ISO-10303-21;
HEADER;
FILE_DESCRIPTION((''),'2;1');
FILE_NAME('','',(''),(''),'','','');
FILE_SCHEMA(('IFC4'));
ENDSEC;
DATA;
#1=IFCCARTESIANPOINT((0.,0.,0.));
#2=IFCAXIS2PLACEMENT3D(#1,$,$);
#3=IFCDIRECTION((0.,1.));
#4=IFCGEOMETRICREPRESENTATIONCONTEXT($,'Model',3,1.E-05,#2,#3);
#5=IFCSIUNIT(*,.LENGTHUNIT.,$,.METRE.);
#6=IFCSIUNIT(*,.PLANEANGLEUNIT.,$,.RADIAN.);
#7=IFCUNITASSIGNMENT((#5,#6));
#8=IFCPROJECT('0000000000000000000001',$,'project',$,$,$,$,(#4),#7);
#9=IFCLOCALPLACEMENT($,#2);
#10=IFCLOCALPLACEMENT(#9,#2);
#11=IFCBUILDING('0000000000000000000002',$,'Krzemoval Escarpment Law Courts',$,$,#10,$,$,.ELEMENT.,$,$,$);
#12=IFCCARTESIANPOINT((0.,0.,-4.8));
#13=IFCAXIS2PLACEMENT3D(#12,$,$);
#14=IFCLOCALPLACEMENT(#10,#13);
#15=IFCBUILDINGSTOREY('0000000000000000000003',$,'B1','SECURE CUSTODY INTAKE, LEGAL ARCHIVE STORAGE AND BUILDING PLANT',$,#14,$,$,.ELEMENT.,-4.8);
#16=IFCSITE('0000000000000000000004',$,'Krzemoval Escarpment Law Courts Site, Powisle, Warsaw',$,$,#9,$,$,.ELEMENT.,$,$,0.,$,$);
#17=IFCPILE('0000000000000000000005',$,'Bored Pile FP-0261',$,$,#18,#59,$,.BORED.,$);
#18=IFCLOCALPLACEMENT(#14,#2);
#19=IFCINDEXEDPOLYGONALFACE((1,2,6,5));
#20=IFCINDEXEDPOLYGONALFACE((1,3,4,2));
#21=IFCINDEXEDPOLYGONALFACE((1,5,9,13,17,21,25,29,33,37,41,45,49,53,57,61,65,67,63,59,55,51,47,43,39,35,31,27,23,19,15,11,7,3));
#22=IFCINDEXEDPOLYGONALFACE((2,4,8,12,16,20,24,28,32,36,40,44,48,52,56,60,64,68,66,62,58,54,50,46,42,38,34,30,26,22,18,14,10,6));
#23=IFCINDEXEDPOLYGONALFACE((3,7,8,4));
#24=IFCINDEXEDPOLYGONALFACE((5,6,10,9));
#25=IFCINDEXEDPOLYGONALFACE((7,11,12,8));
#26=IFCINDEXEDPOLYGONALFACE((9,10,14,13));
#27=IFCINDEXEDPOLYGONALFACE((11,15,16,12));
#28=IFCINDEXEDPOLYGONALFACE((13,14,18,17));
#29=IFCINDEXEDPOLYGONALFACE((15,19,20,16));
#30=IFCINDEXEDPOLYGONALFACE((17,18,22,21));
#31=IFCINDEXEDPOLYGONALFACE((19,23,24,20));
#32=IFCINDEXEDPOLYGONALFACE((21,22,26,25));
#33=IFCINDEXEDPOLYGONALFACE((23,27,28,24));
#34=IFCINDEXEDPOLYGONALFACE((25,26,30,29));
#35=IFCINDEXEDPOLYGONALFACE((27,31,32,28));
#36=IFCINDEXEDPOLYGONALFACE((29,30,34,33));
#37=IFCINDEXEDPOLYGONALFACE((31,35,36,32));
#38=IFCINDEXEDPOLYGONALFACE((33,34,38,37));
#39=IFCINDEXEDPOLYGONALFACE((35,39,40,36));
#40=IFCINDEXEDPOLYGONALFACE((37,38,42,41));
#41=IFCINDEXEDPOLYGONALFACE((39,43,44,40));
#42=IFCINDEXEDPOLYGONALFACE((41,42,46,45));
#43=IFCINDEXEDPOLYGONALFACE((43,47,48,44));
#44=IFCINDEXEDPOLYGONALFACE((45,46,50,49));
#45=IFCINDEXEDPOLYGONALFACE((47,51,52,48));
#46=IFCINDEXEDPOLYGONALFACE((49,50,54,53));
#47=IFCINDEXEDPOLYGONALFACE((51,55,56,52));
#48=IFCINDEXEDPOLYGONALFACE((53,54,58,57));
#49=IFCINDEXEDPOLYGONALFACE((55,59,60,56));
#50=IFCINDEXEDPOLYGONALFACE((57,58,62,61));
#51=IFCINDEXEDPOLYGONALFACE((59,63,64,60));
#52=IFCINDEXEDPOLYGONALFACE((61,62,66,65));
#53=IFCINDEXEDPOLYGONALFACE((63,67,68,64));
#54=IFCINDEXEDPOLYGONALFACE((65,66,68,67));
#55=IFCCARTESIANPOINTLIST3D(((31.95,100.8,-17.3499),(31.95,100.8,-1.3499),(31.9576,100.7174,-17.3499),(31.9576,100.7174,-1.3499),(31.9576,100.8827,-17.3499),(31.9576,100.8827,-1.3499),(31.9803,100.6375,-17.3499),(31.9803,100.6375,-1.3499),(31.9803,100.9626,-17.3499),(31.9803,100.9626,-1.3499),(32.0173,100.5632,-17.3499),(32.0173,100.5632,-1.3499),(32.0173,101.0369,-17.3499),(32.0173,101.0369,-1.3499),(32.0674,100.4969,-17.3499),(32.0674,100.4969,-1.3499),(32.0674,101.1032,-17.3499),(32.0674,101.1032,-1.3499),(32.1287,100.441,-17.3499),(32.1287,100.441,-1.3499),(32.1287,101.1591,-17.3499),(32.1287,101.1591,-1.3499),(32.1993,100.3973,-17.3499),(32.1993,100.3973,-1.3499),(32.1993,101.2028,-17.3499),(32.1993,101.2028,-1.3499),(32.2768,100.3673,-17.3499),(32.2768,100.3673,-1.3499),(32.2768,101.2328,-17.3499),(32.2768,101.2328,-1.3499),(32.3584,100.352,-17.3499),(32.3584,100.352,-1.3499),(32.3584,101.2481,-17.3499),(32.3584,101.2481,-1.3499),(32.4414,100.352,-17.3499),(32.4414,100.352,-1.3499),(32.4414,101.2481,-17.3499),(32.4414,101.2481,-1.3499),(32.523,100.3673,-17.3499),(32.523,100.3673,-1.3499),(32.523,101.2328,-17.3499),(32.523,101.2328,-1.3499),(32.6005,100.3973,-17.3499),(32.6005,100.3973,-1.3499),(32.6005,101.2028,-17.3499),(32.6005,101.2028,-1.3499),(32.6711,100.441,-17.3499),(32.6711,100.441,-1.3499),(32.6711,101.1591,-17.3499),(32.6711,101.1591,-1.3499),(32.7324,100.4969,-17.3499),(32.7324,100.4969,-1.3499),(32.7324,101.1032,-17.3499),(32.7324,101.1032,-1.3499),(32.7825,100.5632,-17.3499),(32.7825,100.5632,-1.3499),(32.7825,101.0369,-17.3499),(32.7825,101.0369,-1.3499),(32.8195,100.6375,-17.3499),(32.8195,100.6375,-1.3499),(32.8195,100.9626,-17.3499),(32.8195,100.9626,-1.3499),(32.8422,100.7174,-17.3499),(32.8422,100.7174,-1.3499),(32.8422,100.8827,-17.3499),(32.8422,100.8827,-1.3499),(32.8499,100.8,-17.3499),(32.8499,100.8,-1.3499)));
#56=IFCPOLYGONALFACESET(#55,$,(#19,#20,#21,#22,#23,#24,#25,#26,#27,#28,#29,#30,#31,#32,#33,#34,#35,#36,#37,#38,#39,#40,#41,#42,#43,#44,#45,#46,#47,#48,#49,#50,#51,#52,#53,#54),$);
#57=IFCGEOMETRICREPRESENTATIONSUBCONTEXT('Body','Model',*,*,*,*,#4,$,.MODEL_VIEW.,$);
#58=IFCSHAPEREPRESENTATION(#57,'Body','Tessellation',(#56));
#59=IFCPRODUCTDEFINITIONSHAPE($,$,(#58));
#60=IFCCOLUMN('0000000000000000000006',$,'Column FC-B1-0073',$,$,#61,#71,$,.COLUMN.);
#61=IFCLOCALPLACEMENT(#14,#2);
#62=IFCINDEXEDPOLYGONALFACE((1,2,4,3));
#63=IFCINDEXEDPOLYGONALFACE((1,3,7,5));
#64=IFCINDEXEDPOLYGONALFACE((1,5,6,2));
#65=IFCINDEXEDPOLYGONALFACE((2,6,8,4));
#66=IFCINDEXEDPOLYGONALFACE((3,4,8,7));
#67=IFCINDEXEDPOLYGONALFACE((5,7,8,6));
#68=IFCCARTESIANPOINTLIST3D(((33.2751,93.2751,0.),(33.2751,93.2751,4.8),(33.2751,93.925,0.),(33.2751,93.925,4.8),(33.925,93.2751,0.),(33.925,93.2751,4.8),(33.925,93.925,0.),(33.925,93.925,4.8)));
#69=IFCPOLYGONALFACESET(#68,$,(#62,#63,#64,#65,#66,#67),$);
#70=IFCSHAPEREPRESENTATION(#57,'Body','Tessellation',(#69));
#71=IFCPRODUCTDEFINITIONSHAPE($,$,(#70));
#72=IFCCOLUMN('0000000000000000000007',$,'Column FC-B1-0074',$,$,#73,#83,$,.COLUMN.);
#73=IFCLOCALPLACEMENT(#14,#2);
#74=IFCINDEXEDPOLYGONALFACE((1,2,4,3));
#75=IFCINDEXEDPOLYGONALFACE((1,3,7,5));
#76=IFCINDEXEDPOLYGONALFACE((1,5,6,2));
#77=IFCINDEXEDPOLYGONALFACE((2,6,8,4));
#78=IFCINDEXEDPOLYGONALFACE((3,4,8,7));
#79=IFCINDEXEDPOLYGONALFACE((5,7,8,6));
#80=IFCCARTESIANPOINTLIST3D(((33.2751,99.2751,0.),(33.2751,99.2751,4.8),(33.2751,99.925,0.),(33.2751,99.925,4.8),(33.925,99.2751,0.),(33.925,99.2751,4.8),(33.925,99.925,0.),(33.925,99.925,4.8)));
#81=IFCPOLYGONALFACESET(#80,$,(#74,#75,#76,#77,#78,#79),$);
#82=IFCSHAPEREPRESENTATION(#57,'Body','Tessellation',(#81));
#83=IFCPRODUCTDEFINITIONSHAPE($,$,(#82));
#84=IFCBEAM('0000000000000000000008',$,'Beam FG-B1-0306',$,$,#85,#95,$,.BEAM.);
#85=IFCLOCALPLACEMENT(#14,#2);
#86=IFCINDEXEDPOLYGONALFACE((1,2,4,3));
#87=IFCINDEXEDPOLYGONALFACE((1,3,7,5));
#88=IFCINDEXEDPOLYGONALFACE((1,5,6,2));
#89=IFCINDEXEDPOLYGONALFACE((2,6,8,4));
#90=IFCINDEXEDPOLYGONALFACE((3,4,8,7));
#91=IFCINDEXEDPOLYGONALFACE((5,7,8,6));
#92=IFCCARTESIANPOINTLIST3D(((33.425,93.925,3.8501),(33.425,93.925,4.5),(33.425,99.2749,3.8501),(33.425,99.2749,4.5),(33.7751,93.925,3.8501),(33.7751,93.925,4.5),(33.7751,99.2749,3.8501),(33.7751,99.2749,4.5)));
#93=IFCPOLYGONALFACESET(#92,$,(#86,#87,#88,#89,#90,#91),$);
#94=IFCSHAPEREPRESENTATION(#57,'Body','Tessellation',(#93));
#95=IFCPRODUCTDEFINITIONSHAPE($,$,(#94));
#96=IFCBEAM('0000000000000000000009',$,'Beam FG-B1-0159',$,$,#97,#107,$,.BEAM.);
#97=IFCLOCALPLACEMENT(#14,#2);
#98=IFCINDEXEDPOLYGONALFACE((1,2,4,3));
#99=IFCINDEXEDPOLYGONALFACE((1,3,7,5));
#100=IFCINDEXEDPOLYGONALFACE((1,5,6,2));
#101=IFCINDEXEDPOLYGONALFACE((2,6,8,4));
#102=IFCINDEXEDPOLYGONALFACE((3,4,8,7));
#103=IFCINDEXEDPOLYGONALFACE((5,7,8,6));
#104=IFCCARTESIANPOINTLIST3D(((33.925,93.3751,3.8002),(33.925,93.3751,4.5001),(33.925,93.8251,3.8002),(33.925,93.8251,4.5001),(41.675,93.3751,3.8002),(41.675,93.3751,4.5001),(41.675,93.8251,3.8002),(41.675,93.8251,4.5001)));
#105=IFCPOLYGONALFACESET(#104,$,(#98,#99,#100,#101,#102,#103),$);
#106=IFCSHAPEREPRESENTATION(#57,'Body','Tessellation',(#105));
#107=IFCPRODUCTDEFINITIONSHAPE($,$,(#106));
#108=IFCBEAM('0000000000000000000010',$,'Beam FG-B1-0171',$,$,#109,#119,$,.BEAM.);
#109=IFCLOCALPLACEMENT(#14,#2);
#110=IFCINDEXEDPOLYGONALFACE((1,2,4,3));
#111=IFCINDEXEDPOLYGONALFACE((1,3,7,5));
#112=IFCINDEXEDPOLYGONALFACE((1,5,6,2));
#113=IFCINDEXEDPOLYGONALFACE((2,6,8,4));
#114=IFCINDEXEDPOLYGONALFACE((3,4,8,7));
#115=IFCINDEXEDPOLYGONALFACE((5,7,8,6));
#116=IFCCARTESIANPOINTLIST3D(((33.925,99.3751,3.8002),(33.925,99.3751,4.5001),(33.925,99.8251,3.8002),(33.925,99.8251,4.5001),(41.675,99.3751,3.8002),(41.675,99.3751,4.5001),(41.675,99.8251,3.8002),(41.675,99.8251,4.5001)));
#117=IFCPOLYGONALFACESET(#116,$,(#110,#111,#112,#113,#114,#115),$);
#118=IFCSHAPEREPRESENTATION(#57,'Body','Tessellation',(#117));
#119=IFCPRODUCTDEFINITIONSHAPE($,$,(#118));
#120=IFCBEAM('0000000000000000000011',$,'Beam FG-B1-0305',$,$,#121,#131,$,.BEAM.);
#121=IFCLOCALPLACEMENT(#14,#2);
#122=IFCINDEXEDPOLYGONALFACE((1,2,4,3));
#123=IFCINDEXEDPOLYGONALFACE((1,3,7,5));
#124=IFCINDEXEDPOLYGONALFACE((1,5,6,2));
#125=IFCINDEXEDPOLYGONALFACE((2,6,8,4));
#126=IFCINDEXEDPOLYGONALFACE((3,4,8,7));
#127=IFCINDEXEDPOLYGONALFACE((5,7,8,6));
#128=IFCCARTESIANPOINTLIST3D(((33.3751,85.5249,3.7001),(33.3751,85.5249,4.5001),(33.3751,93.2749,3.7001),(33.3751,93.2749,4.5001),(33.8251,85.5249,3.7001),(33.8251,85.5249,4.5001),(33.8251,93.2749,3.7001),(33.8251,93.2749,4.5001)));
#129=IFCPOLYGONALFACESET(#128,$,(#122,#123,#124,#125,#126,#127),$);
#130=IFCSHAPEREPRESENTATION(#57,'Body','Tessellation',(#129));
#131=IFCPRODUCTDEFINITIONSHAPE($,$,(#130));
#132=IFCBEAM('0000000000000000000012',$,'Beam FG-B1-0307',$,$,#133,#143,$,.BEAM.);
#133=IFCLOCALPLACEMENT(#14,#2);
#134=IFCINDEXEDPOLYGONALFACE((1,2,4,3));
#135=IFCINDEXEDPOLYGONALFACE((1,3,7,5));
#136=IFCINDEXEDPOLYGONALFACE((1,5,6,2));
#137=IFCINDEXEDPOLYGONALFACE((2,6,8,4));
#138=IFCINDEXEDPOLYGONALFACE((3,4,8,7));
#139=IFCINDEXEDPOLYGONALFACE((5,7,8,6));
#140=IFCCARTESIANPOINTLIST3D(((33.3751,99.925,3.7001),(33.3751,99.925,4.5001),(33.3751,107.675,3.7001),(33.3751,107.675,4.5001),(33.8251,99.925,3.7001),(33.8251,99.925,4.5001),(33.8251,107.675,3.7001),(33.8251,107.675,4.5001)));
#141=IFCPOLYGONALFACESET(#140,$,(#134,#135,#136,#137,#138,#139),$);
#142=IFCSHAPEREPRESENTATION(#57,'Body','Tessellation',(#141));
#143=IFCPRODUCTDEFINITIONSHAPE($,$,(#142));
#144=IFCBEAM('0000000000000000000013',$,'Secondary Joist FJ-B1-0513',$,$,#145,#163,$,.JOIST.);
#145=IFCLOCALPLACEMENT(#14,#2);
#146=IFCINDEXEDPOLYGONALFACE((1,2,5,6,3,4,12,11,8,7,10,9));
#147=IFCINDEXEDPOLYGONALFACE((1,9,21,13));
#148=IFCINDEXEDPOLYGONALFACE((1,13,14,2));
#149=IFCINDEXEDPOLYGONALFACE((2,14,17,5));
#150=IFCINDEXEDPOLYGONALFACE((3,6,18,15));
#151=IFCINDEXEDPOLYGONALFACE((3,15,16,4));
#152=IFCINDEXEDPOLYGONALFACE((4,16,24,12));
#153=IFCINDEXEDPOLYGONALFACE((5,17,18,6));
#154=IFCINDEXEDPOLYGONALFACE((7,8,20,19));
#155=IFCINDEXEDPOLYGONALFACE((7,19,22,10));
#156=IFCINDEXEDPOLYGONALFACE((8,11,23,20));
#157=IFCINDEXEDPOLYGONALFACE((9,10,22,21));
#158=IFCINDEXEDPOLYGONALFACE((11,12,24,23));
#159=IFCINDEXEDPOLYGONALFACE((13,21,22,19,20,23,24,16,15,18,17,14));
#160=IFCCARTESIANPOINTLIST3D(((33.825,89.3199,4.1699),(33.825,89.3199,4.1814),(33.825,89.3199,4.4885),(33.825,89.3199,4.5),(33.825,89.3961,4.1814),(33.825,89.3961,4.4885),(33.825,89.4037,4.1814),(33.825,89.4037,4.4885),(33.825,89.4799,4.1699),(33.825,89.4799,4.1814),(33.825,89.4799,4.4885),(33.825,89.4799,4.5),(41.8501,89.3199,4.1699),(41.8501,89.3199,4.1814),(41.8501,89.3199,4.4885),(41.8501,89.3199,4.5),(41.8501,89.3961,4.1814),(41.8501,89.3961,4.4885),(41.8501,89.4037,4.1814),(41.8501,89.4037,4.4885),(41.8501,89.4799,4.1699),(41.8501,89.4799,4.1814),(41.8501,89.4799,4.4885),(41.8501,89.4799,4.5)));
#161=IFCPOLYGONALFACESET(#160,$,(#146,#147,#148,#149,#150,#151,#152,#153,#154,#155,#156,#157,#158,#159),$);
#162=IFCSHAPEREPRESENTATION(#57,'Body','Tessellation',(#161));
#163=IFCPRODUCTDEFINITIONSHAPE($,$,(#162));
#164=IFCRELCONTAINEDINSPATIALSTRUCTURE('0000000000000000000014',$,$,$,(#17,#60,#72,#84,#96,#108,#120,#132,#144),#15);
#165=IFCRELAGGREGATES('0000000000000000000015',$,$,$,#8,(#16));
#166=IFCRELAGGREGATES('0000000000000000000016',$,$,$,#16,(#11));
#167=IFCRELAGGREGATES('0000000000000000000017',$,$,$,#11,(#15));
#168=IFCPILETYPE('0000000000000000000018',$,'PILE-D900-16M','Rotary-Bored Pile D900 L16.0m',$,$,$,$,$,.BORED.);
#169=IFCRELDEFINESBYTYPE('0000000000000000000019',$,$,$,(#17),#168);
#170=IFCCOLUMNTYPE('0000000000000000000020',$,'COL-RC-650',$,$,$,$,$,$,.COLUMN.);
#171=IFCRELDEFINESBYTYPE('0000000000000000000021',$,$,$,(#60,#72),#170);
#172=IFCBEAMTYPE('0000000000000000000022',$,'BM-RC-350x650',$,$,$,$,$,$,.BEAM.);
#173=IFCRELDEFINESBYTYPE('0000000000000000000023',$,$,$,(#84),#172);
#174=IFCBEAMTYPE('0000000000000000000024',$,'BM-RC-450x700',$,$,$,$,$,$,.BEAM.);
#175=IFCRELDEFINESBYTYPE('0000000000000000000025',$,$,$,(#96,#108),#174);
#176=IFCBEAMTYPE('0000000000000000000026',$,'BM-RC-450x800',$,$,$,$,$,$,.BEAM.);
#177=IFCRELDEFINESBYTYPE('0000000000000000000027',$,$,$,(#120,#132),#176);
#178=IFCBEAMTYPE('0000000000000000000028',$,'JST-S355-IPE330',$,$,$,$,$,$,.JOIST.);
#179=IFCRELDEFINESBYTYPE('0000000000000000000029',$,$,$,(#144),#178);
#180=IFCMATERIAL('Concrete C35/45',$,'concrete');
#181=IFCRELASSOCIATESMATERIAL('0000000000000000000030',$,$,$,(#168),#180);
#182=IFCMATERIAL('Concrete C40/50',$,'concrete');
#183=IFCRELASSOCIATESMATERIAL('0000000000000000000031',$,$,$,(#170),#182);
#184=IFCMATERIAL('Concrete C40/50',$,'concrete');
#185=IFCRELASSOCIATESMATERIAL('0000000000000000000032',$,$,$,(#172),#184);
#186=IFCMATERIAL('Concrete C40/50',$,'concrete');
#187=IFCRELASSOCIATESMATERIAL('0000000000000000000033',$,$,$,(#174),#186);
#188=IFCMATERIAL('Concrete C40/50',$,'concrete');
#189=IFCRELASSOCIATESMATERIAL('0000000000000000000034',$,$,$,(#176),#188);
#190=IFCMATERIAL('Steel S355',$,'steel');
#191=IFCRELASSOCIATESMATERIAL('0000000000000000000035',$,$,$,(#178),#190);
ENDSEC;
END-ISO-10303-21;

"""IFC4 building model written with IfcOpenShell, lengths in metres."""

from ifc_helpers import new_model, si_unit, direction, frame, origin, origin_2d, place, context, subcontext, project, spatial, rectangle, circle, i_section, extrude, material, material_profile, profile_set, type_object, element, save


model = new_model("IFC4")

# Units and contexts
model_context = context("Model", 3, precision=1e-05, world=origin(), true_north=direction((0.0, 1.0)))
body_context = subcontext(model_context, "Body", "Model", "MODEL_VIEW")
ifc_project = project(units=[si_unit("LENGTHUNIT", "METRE"), si_unit("PLANEANGLEUNIT", "RADIAN")], contexts=[model_context])

# Site, building, storey
site_placement = place(None, origin())
site = spatial("IfcSite", under=ifc_project, at=site_placement, Name="Krzemoval Escarpment Law Courts Site, Powisle, Warsaw", CompositionType="ELEMENT", RefElevation=0.0)
building_placement = place(site_placement, origin())
building = spatial("IfcBuilding", under=site, at=building_placement, Name="Krzemoval Escarpment Law Courts", CompositionType="ELEMENT")
storey_placement = place(building_placement, frame((0.0, 0.0, -4.8)))
storey = spatial("IfcBuildingStorey", under=building, at=storey_placement, Name="B1", Description="SECURE CUSTODY INTAKE, LEGAL ARCHIVE STORAGE AND BUILDING PLANT", CompositionType="ELEMENT", Elevation=-4.8)

# Pile
ifc_material_1 = material(Name="Concrete C35/45", Category="concrete")
ifc_material_profile_1 = material_profile(ifc_material_1, circle(Radius=0.45, at=origin_2d()), Name="PILE D900")
ifc_profile_set_1 = profile_set([ifc_material_profile_1], Name="Concrete C35/45")
pile_type = type_object("IfcPileType", Name="PILE-D900-16M", Description="Rotary-Bored Pile D900 L16.0m", PredefinedType="BORED", material=ifc_profile_set_1)
for number, where, z_axis, x_axis, name in (
    (1, (32.3999, 100.8, -1.3499), (0.0, 0.0, -1.0), (1.0, 0.0, 0.0), "Bored Pile FP-0261"),
):
    element("IfcPile", number, at=place(storey_placement, frame(where, z_axis=z_axis, x_axis=x_axis)), inside=storey, type_object=pile_type, Name=name, PredefinedType="BORED", context=body_context, shape_type="SweptSolid", body=[
        extrude(circle(Radius=0.45, at=origin_2d()), origin(), (0.0, 0.0, 1.0), 16.0),
    ])

# Columns
ifc_material_2 = material(Name="Concrete C40/50", Category="concrete")
ifc_material_profile_2 = material_profile(ifc_material_2, rectangle(XDim=0.6499, YDim=0.6499, at=origin_2d()), Name="RC 650x650")
ifc_profile_set_2 = profile_set([ifc_material_profile_2], Name="Concrete C40/50")
column_type = type_object("IfcColumnType", Name="COL-RC-650", PredefinedType="COLUMN", material=ifc_profile_set_2)
for number, where, z_axis, x_axis, name in (
    (2, (33.6001, 93.6001, 0.0), (0.0, 0.0, 1.0), (1.0, 0.0, 0.0), "Column FC-B1-0073"),
    (3, (33.6001, 99.6001, 0.0), (0.0, 0.0, 1.0), (1.0, 0.0, 0.0), "Column FC-B1-0074"),
):
    element("IfcColumn", number, at=place(storey_placement, frame(where, z_axis=z_axis, x_axis=x_axis)), inside=storey, type_object=column_type, Name=name, PredefinedType="COLUMN", context=body_context, shape_type="SweptSolid", body=[
        extrude(rectangle(XDim=0.6499, YDim=0.6499, at=origin_2d()), origin(), (0.0, 0.0, 1.0), 4.8),
    ])

# Beams
ifc_material_3 = material(Name="Concrete C40/50", Category="concrete")
ifc_material_profile_3 = material_profile(ifc_material_3, rectangle(XDim=0.3501, YDim=0.6499, at=origin_2d()), Name="RCB 350x650")
ifc_profile_set_3 = profile_set([ifc_material_profile_3], Name="Concrete C40/50")
beam_type_1 = type_object("IfcBeamType", Name="BM-RC-350x650", PredefinedType="BEAM", material=ifc_profile_set_3)
beam_1_placement = place(storey_placement, frame((33.6001, 93.925, 4.175), z_axis=(0.0, 1.0, 0.0), x_axis=(-1.0, 0.0, 0.0)))
element("IfcBeam", 4, at=beam_1_placement, inside=storey, type_object=beam_type_1, Name="Beam FG-B1-0306", PredefinedType="BEAM", context=body_context, shape_type="SweptSolid", body=[
    extrude(rectangle(XDim=0.3501, YDim=0.6499, at=origin_2d()), origin(), (0.0, 0.0, 1.0), 5.3499),
])
ifc_material_4 = material(Name="Concrete C40/50", Category="concrete")
ifc_material_profile_4 = material_profile(ifc_material_4, rectangle(XDim=0.45, YDim=0.7, at=origin_2d()), Name="RCB 450x700")
ifc_profile_set_4 = profile_set([ifc_material_profile_4], Name="Concrete C40/50")
beam_type_2 = type_object("IfcBeamType", Name="BM-RC-450x700", PredefinedType="BEAM", material=ifc_profile_set_4)
for number, where, z_axis, x_axis, name in (
    (5, (33.925, 93.6001, 4.1501), (1.0, 0.0, 0.0), (0.0, 1.0, 0.0), "Beam FG-B1-0159"),
    (6, (33.925, 99.6001, 4.1501), (1.0, 0.0, 0.0), (0.0, 1.0, 0.0), "Beam FG-B1-0171"),
):
    element("IfcBeam", number, at=place(storey_placement, frame(where, z_axis=z_axis, x_axis=x_axis)), inside=storey, type_object=beam_type_2, Name=name, PredefinedType="BEAM", context=body_context, shape_type="SweptSolid", body=[
        extrude(rectangle(XDim=0.45, YDim=0.7, at=origin_2d()), origin(), (0.0, 0.0, 1.0), 7.75),
    ])
ifc_material_5 = material(Name="Concrete C40/50", Category="concrete")
ifc_material_profile_5 = material_profile(ifc_material_5, rectangle(XDim=0.45, YDim=0.8, at=origin_2d()), Name="RCB 450x800")
ifc_profile_set_5 = profile_set([ifc_material_profile_5], Name="Concrete C40/50")
beam_type_3 = type_object("IfcBeamType", Name="BM-RC-450x800", PredefinedType="BEAM", material=ifc_profile_set_5)
for number, where, z_axis, x_axis, name in (
    (7, (33.6001, 85.5249, 4.1001), (0.0, 1.0, 0.0), (-1.0, 0.0, 0.0), "Beam FG-B1-0305"),
    (8, (33.6001, 99.925, 4.1001), (0.0, 1.0, 0.0), (-1.0, 0.0, 0.0), "Beam FG-B1-0307"),
):
    element("IfcBeam", number, at=place(storey_placement, frame(where, z_axis=z_axis, x_axis=x_axis)), inside=storey, type_object=beam_type_3, Name=name, PredefinedType="BEAM", context=body_context, shape_type="SweptSolid", body=[
        extrude(rectangle(XDim=0.45, YDim=0.8, at=origin_2d()), origin(), (0.0, 0.0, 1.0), 7.75),
    ])
ifc_material_6 = material(Name="Steel S355", Category="steel")
ifc_material_profile_6 = material_profile(ifc_material_6, i_section(OverallWidth=0.1599, OverallDepth=0.3301, WebThickness=0.0076, FlangeThickness=0.0115, at=origin_2d()), Name="IPE 330")
ifc_profile_set_6 = profile_set([ifc_material_profile_6], Name="Steel S355")
beam_type_4 = type_object("IfcBeamType", Name="JST-S355-IPE330", PredefinedType="JOIST", material=ifc_profile_set_6)
beam_2_placement = place(storey_placement, frame((33.825, 89.3999, 4.335), z_axis=(1.0, 0.0, 0.0), x_axis=(0.0, 1.0, 0.0)))
element("IfcBeam", 9, at=beam_2_placement, inside=storey, type_object=beam_type_4, Name="Secondary Joist FJ-B1-0513", PredefinedType="JOIST", context=body_context, shape_type="SweptSolid", body=[
    extrude(i_section(OverallWidth=0.1599, OverallDepth=0.3301, WebThickness=0.0076, FlangeThickness=0.0115, at=origin_2d()), origin(), (0.0, 0.0, 1.0), 8.0251),
])

save(model, "model.ifc")
